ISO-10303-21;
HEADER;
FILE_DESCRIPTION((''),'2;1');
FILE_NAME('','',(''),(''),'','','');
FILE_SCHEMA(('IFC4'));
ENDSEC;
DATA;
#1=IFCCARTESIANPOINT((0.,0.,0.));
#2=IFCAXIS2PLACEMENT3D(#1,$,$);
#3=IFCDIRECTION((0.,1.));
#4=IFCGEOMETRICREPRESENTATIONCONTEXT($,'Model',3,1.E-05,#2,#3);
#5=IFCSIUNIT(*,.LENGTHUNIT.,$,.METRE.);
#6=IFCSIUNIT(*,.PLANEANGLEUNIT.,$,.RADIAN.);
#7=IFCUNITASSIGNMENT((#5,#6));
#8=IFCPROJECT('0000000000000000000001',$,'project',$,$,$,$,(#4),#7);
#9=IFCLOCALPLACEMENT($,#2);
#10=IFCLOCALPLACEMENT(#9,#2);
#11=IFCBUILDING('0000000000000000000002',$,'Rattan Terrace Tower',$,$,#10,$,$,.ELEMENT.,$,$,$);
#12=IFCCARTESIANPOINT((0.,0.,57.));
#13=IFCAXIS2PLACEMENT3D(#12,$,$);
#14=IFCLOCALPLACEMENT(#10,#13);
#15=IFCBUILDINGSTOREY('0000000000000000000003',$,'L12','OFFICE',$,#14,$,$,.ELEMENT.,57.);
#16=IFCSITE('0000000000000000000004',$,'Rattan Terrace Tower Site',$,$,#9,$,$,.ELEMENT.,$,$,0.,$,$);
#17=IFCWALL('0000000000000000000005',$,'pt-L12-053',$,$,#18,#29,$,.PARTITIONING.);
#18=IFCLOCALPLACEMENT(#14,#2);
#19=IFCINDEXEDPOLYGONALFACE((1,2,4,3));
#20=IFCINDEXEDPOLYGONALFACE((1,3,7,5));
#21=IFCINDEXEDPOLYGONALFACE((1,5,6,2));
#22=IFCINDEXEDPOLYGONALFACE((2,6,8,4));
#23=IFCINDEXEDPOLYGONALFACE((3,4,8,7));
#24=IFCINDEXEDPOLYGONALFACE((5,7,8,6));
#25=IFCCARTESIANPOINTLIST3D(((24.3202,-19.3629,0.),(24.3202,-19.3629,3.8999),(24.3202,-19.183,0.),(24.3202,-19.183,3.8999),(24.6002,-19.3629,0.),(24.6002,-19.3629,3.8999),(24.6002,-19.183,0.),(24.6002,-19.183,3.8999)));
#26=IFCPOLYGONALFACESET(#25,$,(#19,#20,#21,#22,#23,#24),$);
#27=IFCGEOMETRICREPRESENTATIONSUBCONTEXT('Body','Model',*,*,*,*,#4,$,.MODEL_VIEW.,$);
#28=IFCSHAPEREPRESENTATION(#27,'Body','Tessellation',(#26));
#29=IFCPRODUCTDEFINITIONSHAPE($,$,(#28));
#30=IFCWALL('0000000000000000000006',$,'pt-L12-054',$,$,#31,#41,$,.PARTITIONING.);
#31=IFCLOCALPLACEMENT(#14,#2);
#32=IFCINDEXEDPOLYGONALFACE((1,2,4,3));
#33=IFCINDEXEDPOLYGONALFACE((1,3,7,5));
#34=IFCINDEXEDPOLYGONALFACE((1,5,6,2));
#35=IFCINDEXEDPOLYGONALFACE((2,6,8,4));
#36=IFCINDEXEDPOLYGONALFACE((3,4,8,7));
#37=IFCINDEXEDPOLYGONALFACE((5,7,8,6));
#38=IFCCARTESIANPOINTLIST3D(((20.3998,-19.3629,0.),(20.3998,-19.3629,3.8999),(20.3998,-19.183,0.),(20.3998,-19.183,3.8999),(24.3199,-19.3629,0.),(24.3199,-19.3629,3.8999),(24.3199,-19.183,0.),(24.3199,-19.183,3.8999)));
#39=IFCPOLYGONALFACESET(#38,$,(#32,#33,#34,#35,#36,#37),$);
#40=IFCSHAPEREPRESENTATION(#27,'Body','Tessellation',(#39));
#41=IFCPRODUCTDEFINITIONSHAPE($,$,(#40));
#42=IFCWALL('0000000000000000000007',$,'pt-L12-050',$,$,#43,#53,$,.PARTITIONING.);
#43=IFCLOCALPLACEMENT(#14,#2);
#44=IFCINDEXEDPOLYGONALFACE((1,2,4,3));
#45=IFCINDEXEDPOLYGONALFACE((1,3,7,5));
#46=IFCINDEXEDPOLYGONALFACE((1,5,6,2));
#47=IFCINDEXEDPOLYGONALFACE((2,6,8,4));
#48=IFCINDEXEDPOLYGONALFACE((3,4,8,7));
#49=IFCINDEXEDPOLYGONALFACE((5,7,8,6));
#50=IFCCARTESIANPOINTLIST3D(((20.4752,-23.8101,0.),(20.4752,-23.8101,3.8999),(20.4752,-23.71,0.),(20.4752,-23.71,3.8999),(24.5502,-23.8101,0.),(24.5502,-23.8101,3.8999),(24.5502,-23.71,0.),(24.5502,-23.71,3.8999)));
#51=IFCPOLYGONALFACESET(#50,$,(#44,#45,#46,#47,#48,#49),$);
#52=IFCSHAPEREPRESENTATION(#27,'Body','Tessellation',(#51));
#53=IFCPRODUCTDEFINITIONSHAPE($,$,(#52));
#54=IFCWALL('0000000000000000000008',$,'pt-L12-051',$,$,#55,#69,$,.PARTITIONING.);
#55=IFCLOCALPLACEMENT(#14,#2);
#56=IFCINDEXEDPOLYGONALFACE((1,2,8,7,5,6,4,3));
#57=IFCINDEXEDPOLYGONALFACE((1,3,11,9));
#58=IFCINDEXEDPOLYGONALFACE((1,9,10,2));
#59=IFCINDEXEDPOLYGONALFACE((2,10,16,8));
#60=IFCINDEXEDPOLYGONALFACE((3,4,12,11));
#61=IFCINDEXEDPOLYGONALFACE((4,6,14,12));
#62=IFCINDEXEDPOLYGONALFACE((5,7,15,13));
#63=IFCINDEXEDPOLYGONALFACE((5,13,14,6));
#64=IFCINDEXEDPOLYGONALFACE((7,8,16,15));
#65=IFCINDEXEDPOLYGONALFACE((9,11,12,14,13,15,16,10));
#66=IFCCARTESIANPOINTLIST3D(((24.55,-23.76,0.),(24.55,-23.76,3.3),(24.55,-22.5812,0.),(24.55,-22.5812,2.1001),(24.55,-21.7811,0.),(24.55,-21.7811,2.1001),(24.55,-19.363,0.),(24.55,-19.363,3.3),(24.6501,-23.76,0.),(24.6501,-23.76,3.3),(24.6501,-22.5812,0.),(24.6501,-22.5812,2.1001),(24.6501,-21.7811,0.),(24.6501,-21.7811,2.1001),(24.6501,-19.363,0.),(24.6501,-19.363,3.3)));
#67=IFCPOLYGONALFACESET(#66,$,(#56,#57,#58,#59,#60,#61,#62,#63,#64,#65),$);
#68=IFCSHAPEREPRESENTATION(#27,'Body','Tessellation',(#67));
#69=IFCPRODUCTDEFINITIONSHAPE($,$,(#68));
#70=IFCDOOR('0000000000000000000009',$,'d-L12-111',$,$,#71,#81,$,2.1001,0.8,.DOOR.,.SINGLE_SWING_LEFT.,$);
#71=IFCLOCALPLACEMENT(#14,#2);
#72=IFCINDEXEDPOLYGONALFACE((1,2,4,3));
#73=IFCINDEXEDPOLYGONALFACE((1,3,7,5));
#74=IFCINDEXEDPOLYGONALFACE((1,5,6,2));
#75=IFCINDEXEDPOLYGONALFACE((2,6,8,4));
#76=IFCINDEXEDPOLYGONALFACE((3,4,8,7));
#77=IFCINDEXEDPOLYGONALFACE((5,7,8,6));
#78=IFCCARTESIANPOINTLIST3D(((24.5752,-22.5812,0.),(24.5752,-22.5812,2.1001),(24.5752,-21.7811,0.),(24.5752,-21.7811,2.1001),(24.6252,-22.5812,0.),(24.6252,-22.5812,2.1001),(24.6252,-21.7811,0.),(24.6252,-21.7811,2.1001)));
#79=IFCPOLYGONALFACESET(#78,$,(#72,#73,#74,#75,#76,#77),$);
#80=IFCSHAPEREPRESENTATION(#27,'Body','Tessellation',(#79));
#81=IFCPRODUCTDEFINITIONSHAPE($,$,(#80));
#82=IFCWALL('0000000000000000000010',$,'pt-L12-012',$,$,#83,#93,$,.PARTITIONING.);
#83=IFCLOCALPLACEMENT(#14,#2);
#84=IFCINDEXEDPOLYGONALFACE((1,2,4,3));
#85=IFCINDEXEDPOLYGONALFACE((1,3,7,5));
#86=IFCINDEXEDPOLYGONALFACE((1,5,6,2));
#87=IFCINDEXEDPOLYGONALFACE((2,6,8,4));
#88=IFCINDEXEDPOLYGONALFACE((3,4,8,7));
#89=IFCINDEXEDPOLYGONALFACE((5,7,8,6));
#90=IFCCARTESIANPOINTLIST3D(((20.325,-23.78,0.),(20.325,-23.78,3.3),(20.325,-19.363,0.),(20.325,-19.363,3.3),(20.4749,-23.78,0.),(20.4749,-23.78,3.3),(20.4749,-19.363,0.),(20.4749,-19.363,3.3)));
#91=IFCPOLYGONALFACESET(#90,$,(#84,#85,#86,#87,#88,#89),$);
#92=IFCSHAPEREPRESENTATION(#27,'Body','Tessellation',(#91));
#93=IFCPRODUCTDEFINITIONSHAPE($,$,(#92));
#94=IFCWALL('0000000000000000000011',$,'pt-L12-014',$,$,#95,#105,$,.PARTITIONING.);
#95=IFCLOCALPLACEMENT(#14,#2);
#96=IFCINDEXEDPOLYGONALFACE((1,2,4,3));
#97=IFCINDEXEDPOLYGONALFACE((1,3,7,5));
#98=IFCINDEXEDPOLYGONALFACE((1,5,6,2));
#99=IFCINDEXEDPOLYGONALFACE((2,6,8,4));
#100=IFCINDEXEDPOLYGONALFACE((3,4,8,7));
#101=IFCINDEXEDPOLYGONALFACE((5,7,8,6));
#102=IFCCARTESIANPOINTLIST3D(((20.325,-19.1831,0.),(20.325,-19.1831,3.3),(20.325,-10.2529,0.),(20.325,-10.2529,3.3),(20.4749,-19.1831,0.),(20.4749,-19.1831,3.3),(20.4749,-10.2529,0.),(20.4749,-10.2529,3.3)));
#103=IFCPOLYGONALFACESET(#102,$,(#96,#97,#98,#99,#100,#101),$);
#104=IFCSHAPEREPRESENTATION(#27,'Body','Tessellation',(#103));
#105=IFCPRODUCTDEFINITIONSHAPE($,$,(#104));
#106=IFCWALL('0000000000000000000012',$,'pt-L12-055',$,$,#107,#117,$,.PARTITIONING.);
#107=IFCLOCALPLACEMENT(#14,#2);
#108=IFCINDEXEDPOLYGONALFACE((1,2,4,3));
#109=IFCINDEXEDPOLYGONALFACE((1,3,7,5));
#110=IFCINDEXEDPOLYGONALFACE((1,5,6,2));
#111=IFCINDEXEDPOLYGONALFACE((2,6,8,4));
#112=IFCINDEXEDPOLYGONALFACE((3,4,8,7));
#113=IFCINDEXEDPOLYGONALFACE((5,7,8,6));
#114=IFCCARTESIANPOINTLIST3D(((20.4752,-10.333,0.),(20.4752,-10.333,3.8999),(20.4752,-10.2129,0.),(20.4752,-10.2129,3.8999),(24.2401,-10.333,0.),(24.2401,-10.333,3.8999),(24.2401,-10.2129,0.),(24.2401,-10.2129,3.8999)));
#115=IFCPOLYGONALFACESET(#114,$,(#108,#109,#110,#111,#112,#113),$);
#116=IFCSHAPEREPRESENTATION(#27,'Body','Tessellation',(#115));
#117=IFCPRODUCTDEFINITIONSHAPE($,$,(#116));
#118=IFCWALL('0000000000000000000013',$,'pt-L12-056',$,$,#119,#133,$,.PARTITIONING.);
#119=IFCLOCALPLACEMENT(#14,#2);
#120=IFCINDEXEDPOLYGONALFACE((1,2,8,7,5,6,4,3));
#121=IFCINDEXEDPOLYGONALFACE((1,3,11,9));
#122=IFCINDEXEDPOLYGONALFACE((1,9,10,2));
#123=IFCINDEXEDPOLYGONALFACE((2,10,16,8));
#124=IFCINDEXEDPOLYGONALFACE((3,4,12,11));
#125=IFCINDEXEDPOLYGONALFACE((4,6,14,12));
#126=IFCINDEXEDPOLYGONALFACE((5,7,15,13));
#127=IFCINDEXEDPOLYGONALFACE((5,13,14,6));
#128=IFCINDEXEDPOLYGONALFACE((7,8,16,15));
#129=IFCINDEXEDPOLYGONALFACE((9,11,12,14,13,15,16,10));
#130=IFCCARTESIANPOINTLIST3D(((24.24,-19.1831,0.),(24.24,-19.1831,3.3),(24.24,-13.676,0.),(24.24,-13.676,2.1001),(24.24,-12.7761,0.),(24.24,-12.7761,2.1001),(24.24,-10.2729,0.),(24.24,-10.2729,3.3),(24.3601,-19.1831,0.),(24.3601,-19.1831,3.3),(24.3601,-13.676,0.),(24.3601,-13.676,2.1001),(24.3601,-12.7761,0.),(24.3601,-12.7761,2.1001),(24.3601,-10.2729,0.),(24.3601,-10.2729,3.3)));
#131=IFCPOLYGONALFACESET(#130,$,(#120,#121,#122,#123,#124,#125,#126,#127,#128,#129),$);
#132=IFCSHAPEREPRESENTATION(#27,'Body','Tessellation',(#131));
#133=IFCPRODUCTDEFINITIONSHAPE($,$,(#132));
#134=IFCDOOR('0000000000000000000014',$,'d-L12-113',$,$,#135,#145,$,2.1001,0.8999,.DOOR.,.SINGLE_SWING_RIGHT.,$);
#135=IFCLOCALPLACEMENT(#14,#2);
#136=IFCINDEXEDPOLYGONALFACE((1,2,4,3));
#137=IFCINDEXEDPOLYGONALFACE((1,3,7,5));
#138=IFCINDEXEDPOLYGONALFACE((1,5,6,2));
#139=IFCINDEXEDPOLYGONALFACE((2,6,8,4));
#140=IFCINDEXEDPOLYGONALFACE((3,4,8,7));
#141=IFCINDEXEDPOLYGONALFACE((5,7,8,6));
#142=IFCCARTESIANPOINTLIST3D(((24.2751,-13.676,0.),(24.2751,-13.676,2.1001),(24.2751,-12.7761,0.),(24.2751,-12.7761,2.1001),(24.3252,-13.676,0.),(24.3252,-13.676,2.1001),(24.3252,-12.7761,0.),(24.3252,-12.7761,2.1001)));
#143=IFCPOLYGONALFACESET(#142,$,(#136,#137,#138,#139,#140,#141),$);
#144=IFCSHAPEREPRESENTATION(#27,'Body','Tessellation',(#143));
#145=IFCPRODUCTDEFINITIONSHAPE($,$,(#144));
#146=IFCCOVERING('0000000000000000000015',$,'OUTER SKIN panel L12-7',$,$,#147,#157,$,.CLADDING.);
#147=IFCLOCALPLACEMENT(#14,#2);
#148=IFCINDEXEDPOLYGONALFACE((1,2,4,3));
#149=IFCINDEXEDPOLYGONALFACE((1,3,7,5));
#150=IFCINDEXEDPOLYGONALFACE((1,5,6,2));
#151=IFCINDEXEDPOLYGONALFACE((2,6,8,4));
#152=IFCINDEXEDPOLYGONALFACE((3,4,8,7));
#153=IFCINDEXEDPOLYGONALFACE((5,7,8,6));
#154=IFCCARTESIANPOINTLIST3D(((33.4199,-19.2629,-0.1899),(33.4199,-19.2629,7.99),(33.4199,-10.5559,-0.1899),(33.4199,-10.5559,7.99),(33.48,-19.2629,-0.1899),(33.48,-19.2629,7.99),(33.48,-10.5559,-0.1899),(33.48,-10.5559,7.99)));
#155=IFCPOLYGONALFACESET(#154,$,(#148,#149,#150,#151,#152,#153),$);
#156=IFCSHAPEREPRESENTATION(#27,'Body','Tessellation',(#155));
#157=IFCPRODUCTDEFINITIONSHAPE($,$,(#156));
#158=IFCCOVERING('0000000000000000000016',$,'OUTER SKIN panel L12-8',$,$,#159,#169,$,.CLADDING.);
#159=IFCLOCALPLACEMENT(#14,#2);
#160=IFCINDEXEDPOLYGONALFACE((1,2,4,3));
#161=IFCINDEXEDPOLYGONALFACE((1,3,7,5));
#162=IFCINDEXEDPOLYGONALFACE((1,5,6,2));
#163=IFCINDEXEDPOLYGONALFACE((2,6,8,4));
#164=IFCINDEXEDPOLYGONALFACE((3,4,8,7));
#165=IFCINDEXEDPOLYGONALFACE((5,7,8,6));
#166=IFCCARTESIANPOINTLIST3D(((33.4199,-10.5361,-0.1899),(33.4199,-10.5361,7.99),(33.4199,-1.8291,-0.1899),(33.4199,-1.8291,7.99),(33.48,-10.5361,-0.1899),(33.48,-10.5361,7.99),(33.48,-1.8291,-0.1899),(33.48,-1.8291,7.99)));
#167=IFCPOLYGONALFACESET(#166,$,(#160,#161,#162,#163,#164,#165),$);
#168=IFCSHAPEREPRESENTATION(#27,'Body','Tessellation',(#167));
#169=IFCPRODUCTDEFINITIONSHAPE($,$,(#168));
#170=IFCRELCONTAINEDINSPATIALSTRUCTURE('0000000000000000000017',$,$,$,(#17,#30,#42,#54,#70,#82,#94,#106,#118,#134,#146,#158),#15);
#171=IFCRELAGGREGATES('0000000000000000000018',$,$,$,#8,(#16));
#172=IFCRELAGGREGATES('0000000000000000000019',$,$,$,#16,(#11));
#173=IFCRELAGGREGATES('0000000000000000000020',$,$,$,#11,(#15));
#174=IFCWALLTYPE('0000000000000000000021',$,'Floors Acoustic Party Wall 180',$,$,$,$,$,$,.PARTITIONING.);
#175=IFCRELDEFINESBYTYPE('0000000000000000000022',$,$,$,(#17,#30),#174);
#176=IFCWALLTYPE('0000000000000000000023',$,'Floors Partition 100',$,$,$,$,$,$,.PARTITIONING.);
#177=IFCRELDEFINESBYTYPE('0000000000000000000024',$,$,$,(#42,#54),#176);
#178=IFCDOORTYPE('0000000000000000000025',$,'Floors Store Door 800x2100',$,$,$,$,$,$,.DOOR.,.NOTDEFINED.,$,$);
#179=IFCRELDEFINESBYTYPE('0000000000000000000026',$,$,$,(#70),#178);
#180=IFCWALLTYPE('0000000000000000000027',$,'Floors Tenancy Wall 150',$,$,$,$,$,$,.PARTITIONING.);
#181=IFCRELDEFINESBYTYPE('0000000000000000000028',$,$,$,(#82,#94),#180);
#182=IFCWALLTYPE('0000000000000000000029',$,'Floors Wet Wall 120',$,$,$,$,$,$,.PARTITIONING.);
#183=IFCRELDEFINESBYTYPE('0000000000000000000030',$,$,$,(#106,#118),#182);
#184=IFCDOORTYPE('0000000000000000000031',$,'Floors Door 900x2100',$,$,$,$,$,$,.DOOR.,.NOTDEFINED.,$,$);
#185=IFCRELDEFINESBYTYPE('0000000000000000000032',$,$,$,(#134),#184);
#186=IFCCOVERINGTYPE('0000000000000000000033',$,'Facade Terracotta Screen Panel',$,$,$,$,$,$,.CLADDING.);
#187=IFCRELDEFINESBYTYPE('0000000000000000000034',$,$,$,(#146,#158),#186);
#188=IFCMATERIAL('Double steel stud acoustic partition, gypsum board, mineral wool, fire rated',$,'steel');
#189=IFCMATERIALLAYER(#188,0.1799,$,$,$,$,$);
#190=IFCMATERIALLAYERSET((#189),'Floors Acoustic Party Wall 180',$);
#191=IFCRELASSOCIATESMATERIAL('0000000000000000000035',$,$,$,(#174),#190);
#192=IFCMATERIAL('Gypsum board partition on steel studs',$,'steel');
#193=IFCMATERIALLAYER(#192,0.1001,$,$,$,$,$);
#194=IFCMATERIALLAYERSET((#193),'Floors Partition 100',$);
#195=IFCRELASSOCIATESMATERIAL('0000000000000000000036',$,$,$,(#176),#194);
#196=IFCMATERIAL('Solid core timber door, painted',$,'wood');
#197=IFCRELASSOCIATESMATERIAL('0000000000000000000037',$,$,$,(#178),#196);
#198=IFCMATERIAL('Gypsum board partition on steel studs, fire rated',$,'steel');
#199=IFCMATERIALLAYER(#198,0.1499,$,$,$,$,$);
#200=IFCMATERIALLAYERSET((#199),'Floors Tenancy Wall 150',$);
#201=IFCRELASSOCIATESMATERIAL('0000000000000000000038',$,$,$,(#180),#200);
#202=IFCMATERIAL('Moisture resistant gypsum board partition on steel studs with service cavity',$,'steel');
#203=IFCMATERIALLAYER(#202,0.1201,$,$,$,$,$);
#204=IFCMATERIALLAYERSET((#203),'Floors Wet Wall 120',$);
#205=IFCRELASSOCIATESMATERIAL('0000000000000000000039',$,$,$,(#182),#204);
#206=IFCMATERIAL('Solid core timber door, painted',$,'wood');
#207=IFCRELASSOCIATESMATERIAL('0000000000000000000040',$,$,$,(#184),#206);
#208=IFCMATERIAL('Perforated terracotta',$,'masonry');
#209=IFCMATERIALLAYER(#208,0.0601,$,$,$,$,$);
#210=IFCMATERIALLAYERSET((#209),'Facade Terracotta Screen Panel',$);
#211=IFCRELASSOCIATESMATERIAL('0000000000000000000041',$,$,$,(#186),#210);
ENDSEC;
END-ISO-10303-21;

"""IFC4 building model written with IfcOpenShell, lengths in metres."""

from ifc_helpers import new_model, si_unit, direction, frame, frame_2d, origin, origin_2d, place, context, subcontext, project, spatial, rectangle, extrude, material, layer, layer_set, type_object, element, fill, save


model = new_model("IFC4")

# Units and contexts
model_context = context("Model", 3, precision=1e-05, world=origin(), true_north=direction((0.0, 1.0)))
body_context = subcontext(model_context, "Body", "Model", "MODEL_VIEW")
ifc_project = project(units=[si_unit("LENGTHUNIT", "METRE"), si_unit("PLANEANGLEUNIT", "RADIAN")], contexts=[model_context])

# Site, building, storey
site_placement = place(None, origin())
site = spatial("IfcSite", under=ifc_project, at=site_placement, Name="Rattan Terrace Tower Site", CompositionType="ELEMENT", RefElevation=0.0)
building_placement = place(site_placement, origin())
building = spatial("IfcBuilding", under=site, at=building_placement, Name="Rattan Terrace Tower", CompositionType="ELEMENT")
storey_placement = place(building_placement, frame((0.0, 0.0, 57.0)))
storey = spatial("IfcBuildingStorey", under=building, at=storey_placement, Name="L12", Description="OFFICE", CompositionType="ELEMENT", Elevation=57.0)

# Walls
ifc_material_1 = material(Name="Double steel stud acoustic partition, gypsum board, mineral wool, fire rated", Category="steel")
ifc_layer_1 = layer(ifc_material_1, 0.1799)
ifc_layer_set_1 = layer_set([ifc_layer_1], Name="Floors Acoustic Party Wall 180")
wall_type_1 = type_object("IfcWallType", Name="Floors Acoustic Party Wall 180", PredefinedType="PARTITIONING", material=ifc_layer_set_1)
wall_1_placement = place(storey_placement, frame((24.3201, -19.2729, 0.0), z_axis=(0.0, 0.0, 1.0), x_axis=(1.0, 0.0, 0.0)))
element("IfcWall", 1, at=wall_1_placement, inside=storey, type_object=wall_type_1, Name="pt-L12-053", PredefinedType="PARTITIONING", context=body_context, shape_type="SweptSolid", body=[
    extrude(rectangle(XDim=0.28, YDim=0.1799, at=frame_2d((0.1401, 0.0))), origin(), (0.0, 0.0, 1.0), 3.8999),
])
wall_2_placement = place(storey_placement, frame((20.3999, -19.2729, 0.0), z_axis=(0.0, 0.0, 1.0), x_axis=(1.0, 0.0, 0.0)))
element("IfcWall", 2, at=wall_2_placement, inside=storey, type_object=wall_type_1, Name="pt-L12-054", PredefinedType="PARTITIONING", context=body_context, shape_type="SweptSolid", body=[
    extrude(rectangle(XDim=3.9202, YDim=0.1799, at=frame_2d((1.96, 0.0))), origin(), (0.0, 0.0, 1.0), 3.8999),
])
ifc_material_2 = material(Name="Gypsum board partition on steel studs", Category="steel")
ifc_layer_2 = layer(ifc_material_2, 0.1001)
ifc_layer_set_2 = layer_set([ifc_layer_2], Name="Floors Partition 100")
wall_type_2 = type_object("IfcWallType", Name="Floors Partition 100", PredefinedType="PARTITIONING", material=ifc_layer_set_2)
wall_3_placement = place(storey_placement, frame((20.4751, -23.76, 0.0), z_axis=(0.0, 0.0, 1.0), x_axis=(1.0, 0.0, 0.0)))
element("IfcWall", 3, at=wall_3_placement, inside=storey, type_object=wall_type_2, Name="pt-L12-050", PredefinedType="PARTITIONING", context=body_context, shape_type="SweptSolid", body=[
    extrude(rectangle(XDim=4.075, YDim=0.1001, at=frame_2d((2.0376, 0.0))), origin(), (0.0, 0.0, 1.0), 3.8999),
])

# Wall, opening, door
wall_4_placement = place(storey_placement, frame((24.6001, -23.76, 0.0), z_axis=(0.0, 0.0, 1.0), x_axis=(0.0, 1.0, 0.0)))
wall_4 = element("IfcWall", 4, at=wall_4_placement, inside=storey, type_object=wall_type_2, Name="pt-L12-051", PredefinedType="PARTITIONING", context=body_context, shape_type="SweptSolid", body=[
    extrude(rectangle(XDim=4.397, YDim=0.1001, at=frame_2d((2.1985, 0.0))), origin(), (0.0, 0.0, 1.0), 3.3),
])
opening_1_placement = place(wall_4_placement, frame((1.179, 0.0, 0.0)))
opening_1 = element("IfcOpeningElement", 5, at=opening_1_placement, cuts=wall_4, PredefinedType="OPENING", context=body_context, shape_type="SweptSolid", body=[
    extrude(rectangle(XDim=0.8, YDim=2.1001, at=frame_2d((0.3999, 1.05))), frame((0.0, 0.0605, 0.0), z_axis=(0.0, -1.0, 0.0), x_axis=(1.0, 0.0, 0.0)), (0.0, 0.0, 1.0), 0.1211),
])
ifc_material_3 = material(Name="Solid core timber door, painted", Category="wood")
door_type_1 = type_object("IfcDoorType", Name="Floors Store Door 800x2100", OperationType="NOTDEFINED", PredefinedType="DOOR", material=ifc_material_3)
door_1_placement = place(opening_1_placement, origin())
door_1 = element("IfcDoor", 6, at=door_1_placement, inside=storey, type_object=door_type_1, Name="d-L12-111", OperationType="SINGLE_SWING_LEFT", OverallHeight=2.1001, OverallWidth=0.8, PredefinedType="DOOR", context=body_context, shape_type="SweptSolid", body=[
    extrude(rectangle(XDim=0.8, YDim=2.1001, at=frame_2d((0.3999, 1.05))), frame((0.0, 0.0249, 0.0), z_axis=(0.0, -1.0, 0.0), x_axis=(1.0, 0.0, 0.0)), (0.0, 0.0, 1.0), 0.05),
])
fill(opening_1, door_1)

# Walls
ifc_material_4 = material(Name="Gypsum board partition on steel studs, fire rated", Category="steel")
ifc_layer_3 = layer(ifc_material_4, 0.1499)
ifc_layer_set_3 = layer_set([ifc_layer_3], Name="Floors Tenancy Wall 150")
wall_type_3 = type_object("IfcWallType", Name="Floors Tenancy Wall 150", PredefinedType="PARTITIONING", material=ifc_layer_set_3)
wall_5_placement = place(storey_placement, frame((20.3999, -19.363, 0.0), z_axis=(0.0, 0.0, 1.0), x_axis=(0.0, -1.0, 0.0)))
element("IfcWall", 7, at=wall_5_placement, inside=storey, type_object=wall_type_3, Name="pt-L12-012", PredefinedType="PARTITIONING", context=body_context, shape_type="SweptSolid", body=[
    extrude(rectangle(XDim=4.417, YDim=0.1499, at=frame_2d((2.2085, 0.0))), origin(), (0.0, 0.0, 1.0), 3.3),
])
wall_6_placement = place(storey_placement, frame((20.3999, -10.2529, 0.0), z_axis=(0.0, 0.0, 1.0), x_axis=(0.0, -1.0, 0.0)))
element("IfcWall", 8, at=wall_6_placement, inside=storey, type_object=wall_type_3, Name="pt-L12-014", PredefinedType="PARTITIONING", context=body_context, shape_type="SweptSolid", body=[
    extrude(rectangle(XDim=8.9302, YDim=0.1499, at=frame_2d((4.4651, 0.0))), origin(), (0.0, 0.0, 1.0), 3.3),
])
ifc_material_5 = material(Name="Moisture resistant gypsum board partition on steel studs with service cavity", Category="steel")
ifc_layer_4 = layer(ifc_material_5, 0.1201)
ifc_layer_set_4 = layer_set([ifc_layer_4], Name="Floors Wet Wall 120")
wall_type_4 = type_object("IfcWallType", Name="Floors Wet Wall 120", PredefinedType="PARTITIONING", material=ifc_layer_set_4)
wall_7_placement = place(storey_placement, frame((24.24, -10.2729, 0.0), z_axis=(0.0, 0.0, 1.0), x_axis=(-1.0, 0.0, 0.0)))
element("IfcWall", 9, at=wall_7_placement, inside=storey, type_object=wall_type_4, Name="pt-L12-055", PredefinedType="PARTITIONING", context=body_context, shape_type="SweptSolid", body=[
    extrude(rectangle(XDim=3.7649, YDim=0.1201, at=frame_2d((1.8823, 0.0))), origin(), (0.0, 0.0, 1.0), 3.8999),
])

# Wall, opening, door
wall_8_placement = place(storey_placement, frame((24.3, -19.1831, 0.0), z_axis=(0.0, 0.0, 1.0), x_axis=(0.0, 1.0, 0.0)))
wall_8 = element("IfcWall", 10, at=wall_8_placement, inside=storey, type_object=wall_type_4, Name="pt-L12-056", PredefinedType="PARTITIONING", context=body_context, shape_type="SweptSolid", body=[
    extrude(rectangle(XDim=8.9102, YDim=0.1201, at=frame_2d((4.4551, 0.0))), origin(), (0.0, 0.0, 1.0), 3.3),
])
opening_2_placement = place(wall_8_placement, frame((5.5071, 0.0, 0.0)))
opening_2 = element("IfcOpeningElement", 11, at=opening_2_placement, cuts=wall_8, PredefinedType="OPENING", context=body_context, shape_type="SweptSolid", body=[
    extrude(rectangle(XDim=0.8999, YDim=2.1001, at=frame_2d((0.45, 1.05))), frame((0.0, 0.0706, 0.0), z_axis=(0.0, -1.0, 0.0), x_axis=(1.0, 0.0, 0.0)), (0.0, 0.0, 1.0), 0.1411),
])
ifc_material_6 = material(Name="Solid core timber door, painted", Category="wood")
door_type_2 = type_object("IfcDoorType", Name="Floors Door 900x2100", OperationType="NOTDEFINED", PredefinedType="DOOR", material=ifc_material_6)
door_2_placement = place(opening_2_placement, origin())
door_2 = element("IfcDoor", 12, at=door_2_placement, inside=storey, type_object=door_type_2, Name="d-L12-113", OperationType="SINGLE_SWING_RIGHT", OverallHeight=2.1001, OverallWidth=0.8999, PredefinedType="DOOR", context=body_context, shape_type="SweptSolid", body=[
    extrude(rectangle(XDim=0.8999, YDim=2.1001, at=frame_2d((0.45, 1.05))), frame((0.0, 0.0249, 0.0), z_axis=(0.0, -1.0, 0.0), x_axis=(1.0, 0.0, 0.0)), (0.0, 0.0, 1.0), 0.05),
])
fill(opening_2, door_2)

# Coverings
ifc_material_7 = material(Name="Perforated terracotta", Category="masonry")
ifc_layer_5 = layer(ifc_material_7, 0.0601)
ifc_layer_set_5 = layer_set([ifc_layer_5], Name="Facade Terracotta Screen Panel")
covering_type = type_object("IfcCoveringType", Name="Facade Terracotta Screen Panel", PredefinedType="CLADDING", material=ifc_layer_set_5)
for number, where, z_axis, x_axis, name in (
    (13, (33.45, -14.9094, -0.1899), (0.0, 0.0, 1.0), (0.0, 1.0, 0.0), "OUTER SKIN panel L12-7"),
    (14, (33.45, -6.1826, -0.1899), (0.0, 0.0, 1.0), (0.0, 1.0, 0.0), "OUTER SKIN panel L12-8"),
):
    element("IfcCovering", number, at=place(storey_placement, frame(where, z_axis=z_axis, x_axis=x_axis)), inside=storey, type_object=covering_type, Name=name, PredefinedType="CLADDING", context=body_context, shape_type="SweptSolid", body=[
        extrude(rectangle(XDim=8.707, YDim=0.0601, at=origin_2d()), origin(), (0.0, 0.0, 1.0), 8.1799),
    ])

save(model, "model.ifc")
